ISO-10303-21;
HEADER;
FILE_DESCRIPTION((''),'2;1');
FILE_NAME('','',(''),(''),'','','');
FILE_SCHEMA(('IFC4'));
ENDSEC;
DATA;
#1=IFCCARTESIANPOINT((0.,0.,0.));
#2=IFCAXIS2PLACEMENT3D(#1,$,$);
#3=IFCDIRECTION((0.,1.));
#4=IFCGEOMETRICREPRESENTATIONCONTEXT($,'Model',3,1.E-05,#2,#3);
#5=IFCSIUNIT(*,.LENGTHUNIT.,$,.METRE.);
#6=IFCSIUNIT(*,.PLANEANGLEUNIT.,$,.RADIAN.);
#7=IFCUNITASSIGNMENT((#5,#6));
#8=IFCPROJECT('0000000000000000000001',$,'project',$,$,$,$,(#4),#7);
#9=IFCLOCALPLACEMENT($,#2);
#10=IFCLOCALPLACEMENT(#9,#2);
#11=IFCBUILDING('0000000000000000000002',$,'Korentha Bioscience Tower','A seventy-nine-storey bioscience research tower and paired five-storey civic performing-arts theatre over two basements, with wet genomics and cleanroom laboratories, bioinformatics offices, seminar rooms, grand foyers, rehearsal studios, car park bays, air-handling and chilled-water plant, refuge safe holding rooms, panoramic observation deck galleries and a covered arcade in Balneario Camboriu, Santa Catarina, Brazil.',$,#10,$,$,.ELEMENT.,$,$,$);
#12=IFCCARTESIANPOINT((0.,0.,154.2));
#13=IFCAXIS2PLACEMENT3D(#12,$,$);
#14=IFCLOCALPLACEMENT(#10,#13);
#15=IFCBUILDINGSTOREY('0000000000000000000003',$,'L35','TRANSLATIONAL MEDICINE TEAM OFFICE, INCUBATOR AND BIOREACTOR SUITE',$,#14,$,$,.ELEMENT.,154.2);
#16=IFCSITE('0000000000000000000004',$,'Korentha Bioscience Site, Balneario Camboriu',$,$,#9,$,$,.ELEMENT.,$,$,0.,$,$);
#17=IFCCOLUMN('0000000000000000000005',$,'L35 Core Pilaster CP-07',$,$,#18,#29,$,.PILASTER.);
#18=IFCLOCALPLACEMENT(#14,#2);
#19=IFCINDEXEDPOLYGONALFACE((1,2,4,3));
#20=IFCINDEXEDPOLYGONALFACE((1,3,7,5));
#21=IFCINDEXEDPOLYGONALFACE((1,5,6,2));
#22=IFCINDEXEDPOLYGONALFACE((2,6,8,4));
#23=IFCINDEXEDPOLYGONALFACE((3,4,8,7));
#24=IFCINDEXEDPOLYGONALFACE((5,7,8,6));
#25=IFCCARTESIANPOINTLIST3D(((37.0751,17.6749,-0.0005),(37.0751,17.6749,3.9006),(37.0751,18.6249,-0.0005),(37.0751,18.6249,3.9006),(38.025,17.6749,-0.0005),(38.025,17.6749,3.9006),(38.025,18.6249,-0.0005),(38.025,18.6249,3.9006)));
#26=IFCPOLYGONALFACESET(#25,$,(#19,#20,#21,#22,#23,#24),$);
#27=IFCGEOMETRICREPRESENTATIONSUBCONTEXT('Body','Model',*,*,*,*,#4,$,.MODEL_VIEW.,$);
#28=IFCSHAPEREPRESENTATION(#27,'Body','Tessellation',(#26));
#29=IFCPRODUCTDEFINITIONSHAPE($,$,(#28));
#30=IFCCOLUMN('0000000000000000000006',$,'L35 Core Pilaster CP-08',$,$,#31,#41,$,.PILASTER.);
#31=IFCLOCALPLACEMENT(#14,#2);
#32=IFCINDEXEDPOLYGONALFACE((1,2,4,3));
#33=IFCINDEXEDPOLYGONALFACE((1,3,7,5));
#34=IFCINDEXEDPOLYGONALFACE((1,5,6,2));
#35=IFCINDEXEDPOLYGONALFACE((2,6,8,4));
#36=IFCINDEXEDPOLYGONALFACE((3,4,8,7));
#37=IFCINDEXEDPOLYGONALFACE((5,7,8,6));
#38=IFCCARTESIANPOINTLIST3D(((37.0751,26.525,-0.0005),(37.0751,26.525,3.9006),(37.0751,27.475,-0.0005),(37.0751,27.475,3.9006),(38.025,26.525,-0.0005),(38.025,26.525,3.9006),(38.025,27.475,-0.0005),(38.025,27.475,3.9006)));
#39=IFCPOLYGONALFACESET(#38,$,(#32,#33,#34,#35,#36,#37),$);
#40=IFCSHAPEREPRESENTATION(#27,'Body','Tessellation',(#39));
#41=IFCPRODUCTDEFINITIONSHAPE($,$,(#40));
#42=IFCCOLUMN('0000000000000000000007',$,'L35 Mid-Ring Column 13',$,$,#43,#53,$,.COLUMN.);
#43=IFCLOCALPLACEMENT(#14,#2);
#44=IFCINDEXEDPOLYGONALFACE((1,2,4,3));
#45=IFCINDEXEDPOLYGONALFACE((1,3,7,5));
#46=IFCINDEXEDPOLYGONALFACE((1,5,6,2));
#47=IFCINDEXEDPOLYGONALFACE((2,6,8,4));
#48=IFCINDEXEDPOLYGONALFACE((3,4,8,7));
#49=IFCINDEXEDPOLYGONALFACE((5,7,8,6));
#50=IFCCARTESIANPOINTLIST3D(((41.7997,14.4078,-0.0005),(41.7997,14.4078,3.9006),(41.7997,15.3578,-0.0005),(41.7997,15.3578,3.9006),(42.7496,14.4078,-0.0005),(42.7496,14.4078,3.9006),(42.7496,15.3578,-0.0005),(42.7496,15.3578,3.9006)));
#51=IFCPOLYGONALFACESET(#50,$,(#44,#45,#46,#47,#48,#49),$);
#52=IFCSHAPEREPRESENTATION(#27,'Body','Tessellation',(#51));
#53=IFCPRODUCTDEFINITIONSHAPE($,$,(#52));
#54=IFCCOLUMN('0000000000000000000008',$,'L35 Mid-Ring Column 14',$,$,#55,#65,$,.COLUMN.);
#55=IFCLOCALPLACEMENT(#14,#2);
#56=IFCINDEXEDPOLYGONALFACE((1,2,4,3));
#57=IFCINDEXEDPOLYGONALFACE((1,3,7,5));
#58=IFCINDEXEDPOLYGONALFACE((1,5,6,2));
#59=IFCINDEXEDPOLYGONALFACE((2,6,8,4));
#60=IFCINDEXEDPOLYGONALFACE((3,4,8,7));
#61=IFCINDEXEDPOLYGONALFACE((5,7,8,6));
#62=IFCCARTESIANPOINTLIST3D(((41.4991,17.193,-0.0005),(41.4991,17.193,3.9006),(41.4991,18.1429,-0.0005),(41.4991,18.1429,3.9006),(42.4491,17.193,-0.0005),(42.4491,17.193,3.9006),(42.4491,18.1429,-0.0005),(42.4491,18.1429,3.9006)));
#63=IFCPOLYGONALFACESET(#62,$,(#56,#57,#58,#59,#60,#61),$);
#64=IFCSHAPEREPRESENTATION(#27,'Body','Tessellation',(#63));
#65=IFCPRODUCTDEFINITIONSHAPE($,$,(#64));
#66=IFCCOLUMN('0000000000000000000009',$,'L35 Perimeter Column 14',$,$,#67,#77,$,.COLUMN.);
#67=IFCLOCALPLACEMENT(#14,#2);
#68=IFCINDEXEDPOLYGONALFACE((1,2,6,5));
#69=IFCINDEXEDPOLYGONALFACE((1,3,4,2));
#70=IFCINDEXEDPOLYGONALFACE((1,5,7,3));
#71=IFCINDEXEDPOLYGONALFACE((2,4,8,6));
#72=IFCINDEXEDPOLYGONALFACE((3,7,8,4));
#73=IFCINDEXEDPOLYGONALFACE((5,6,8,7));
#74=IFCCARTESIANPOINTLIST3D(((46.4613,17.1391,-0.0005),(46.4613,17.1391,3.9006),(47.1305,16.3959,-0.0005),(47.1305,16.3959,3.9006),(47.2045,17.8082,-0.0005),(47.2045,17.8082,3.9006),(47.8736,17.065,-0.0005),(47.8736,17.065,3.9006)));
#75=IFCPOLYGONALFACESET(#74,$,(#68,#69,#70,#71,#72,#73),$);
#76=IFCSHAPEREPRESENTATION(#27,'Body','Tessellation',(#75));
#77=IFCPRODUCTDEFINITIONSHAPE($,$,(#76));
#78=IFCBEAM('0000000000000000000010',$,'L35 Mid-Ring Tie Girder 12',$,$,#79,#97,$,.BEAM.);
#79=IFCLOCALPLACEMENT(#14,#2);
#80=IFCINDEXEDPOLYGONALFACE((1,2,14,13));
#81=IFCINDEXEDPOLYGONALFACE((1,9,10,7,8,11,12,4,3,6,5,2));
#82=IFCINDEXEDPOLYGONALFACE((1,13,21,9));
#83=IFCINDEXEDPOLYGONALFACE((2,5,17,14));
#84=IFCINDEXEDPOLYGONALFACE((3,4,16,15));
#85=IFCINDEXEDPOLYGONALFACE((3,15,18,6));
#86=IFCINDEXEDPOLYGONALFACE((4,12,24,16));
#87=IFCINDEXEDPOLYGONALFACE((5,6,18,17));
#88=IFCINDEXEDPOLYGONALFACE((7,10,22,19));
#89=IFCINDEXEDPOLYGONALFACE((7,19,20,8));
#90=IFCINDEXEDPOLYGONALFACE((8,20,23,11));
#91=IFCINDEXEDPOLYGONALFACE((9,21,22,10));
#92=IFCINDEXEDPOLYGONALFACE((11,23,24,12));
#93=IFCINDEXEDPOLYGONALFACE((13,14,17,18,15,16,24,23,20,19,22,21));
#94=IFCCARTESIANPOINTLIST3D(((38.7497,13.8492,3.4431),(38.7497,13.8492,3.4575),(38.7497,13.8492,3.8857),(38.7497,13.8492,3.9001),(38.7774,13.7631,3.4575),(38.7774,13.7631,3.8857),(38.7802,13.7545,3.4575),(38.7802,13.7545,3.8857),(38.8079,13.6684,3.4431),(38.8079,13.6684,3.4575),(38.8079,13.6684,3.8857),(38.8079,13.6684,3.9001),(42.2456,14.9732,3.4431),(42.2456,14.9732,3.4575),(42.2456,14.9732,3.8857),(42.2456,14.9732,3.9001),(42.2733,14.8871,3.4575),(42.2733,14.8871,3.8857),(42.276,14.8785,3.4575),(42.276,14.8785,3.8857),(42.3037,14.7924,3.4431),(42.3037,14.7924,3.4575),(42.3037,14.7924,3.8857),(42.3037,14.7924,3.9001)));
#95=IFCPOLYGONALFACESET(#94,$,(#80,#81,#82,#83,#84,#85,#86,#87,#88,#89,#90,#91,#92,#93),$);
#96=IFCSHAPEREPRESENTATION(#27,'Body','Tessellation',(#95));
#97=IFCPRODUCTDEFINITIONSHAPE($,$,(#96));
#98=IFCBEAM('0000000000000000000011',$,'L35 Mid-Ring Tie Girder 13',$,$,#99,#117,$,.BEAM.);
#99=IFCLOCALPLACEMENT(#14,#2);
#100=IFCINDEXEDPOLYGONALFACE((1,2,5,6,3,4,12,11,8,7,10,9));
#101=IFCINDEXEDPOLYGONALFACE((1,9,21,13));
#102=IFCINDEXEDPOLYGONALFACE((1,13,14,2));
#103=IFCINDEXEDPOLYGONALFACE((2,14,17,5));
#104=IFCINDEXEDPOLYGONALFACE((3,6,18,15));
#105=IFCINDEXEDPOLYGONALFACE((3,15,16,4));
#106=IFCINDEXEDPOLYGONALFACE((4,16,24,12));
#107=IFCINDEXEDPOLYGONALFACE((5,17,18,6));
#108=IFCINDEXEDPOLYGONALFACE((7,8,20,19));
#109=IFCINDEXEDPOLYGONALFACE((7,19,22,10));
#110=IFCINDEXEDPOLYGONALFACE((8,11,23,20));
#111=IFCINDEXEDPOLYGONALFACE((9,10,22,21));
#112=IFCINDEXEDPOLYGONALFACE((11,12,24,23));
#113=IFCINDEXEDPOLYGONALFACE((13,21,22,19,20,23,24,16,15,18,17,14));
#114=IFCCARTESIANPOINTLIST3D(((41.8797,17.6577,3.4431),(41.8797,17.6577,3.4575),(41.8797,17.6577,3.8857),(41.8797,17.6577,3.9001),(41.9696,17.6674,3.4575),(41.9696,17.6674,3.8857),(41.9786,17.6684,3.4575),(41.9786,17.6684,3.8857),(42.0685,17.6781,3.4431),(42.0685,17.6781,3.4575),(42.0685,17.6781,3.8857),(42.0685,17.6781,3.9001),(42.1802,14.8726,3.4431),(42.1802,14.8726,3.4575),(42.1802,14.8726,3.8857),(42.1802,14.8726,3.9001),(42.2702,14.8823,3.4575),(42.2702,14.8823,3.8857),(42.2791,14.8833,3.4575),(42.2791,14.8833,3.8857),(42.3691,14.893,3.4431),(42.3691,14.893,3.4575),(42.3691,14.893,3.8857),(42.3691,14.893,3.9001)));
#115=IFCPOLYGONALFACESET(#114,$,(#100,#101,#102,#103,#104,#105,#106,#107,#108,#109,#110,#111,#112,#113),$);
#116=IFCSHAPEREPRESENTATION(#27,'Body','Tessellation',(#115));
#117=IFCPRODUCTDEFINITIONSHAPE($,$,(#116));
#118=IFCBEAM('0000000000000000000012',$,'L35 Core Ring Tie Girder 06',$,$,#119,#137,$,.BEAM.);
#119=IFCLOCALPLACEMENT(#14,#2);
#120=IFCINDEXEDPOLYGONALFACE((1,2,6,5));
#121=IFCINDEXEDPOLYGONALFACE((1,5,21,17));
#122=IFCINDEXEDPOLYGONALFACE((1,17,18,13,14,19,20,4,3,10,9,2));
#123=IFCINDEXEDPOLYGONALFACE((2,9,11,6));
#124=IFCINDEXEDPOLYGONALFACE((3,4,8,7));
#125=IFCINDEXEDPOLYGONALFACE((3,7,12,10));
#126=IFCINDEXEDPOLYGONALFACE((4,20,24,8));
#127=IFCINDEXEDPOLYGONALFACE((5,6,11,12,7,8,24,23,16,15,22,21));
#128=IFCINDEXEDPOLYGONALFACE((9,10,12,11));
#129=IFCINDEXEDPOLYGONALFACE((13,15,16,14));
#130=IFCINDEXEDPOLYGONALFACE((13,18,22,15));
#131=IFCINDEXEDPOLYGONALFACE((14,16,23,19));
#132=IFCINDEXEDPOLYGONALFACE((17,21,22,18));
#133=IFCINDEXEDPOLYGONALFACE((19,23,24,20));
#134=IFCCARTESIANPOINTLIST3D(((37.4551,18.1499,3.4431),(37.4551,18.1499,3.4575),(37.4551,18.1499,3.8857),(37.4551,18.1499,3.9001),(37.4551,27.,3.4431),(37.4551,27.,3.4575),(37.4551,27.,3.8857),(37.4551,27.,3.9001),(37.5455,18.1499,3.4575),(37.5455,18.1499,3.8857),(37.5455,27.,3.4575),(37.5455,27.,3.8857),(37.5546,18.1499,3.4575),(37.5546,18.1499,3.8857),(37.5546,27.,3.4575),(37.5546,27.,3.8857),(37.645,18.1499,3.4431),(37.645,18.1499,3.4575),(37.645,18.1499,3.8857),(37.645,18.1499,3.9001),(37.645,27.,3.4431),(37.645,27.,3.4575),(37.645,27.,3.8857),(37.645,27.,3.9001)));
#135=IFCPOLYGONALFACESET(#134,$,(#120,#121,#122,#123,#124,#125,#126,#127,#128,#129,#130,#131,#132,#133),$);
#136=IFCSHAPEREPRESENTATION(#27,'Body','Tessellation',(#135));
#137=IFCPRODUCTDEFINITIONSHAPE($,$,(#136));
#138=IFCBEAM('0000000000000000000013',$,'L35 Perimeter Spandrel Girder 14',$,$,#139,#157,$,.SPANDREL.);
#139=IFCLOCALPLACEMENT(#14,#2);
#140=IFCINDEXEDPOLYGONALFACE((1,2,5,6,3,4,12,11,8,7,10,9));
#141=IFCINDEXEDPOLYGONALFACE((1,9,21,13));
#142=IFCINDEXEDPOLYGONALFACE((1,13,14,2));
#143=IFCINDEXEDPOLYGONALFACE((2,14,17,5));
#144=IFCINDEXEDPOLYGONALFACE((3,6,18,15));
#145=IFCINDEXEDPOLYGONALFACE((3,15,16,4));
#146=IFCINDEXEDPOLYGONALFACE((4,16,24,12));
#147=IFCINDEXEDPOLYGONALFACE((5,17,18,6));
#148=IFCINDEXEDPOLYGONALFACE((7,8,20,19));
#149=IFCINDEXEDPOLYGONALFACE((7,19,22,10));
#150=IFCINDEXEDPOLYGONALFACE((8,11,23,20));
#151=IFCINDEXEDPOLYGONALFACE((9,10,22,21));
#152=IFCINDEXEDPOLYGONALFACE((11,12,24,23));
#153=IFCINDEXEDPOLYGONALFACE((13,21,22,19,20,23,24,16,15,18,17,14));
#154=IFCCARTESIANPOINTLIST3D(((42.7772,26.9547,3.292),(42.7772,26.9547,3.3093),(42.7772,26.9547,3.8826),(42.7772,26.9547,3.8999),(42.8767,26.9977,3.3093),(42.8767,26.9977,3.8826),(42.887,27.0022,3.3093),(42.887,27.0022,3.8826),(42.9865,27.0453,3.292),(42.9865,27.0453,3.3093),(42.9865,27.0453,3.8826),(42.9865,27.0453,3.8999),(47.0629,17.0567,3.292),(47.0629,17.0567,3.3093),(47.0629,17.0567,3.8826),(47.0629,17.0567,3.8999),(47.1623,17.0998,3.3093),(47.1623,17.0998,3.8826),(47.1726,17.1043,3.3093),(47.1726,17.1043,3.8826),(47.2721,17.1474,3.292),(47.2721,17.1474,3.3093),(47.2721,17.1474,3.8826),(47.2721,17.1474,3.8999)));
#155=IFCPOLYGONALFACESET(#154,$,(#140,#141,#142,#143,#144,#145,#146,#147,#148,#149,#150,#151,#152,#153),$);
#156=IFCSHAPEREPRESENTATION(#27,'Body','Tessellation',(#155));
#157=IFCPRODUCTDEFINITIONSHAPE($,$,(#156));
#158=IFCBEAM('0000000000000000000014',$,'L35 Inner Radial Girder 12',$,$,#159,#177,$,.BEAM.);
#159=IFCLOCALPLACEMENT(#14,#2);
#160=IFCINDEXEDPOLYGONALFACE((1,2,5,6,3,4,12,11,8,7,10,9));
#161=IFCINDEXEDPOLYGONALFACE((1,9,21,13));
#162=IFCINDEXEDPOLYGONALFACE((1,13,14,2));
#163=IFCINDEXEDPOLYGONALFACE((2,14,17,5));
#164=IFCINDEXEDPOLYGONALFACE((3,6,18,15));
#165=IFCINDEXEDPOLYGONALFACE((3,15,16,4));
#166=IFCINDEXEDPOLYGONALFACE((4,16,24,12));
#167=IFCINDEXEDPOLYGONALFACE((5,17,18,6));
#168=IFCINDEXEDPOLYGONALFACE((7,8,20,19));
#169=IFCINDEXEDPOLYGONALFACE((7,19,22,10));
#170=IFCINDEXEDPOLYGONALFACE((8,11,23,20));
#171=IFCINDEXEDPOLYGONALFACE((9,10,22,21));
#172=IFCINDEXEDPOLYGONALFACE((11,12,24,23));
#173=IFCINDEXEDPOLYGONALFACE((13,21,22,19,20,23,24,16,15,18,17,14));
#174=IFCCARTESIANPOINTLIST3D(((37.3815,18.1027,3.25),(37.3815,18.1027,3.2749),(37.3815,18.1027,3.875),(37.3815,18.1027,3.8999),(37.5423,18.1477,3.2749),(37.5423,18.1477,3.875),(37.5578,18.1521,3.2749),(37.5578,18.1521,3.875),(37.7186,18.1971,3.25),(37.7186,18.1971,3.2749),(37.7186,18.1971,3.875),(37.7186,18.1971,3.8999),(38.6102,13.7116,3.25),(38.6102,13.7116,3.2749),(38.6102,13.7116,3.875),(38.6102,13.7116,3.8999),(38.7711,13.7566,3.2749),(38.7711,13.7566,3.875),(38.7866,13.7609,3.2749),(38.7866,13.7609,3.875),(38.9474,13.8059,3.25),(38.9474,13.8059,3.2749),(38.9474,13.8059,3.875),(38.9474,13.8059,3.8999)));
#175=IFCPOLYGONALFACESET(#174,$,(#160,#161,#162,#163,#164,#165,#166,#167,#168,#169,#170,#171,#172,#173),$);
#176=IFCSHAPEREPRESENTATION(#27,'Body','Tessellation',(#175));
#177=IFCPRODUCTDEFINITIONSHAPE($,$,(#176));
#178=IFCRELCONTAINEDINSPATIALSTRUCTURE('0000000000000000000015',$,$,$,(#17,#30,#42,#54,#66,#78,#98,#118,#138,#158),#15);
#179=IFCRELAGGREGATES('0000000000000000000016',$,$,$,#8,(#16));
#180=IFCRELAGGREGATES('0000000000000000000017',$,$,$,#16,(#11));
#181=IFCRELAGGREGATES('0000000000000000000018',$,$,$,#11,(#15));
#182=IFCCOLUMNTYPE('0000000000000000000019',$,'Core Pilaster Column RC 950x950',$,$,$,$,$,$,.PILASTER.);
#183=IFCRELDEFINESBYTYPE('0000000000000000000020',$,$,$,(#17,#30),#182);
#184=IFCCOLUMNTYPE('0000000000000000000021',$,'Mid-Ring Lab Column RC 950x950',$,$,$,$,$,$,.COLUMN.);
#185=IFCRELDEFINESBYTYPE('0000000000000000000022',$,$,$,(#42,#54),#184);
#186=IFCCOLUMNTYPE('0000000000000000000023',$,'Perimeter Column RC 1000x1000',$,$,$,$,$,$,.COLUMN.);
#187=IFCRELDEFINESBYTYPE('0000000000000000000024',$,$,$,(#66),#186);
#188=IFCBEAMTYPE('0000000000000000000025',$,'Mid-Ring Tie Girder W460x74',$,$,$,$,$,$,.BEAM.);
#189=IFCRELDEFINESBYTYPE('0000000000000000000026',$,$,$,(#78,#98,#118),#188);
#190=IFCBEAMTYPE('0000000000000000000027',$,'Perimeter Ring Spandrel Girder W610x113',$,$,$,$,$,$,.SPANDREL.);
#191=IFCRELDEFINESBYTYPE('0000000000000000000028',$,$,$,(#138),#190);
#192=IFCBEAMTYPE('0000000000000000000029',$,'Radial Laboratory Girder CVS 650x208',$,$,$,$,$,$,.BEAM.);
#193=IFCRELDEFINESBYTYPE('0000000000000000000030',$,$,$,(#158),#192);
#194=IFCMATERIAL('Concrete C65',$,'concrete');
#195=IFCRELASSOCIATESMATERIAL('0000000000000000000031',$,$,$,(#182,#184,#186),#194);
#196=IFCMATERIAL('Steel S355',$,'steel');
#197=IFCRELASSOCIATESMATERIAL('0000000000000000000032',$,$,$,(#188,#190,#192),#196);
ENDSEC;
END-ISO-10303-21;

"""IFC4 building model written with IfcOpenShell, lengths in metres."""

from ifc_helpers import new_model, si_unit, direction, frame, origin, origin_2d, place, context, subcontext, project, spatial, rectangle, i_section, extrude, material, material_profile, profile_set, type_object, element, save


model = new_model("IFC4")

# Units and contexts
model_context = context("Model", 3, precision=1e-05, world=origin(), true_north=direction((0.0, 1.0)))
body_context = subcontext(model_context, "Body", "Model", "MODEL_VIEW")
ifc_project = project(units=[si_unit("LENGTHUNIT", "METRE"), si_unit("PLANEANGLEUNIT", "RADIAN")], contexts=[model_context])

# Site, building, storey
site_placement = place(None, origin())
site = spatial("IfcSite", under=ifc_project, at=site_placement, Name="Korentha Bioscience Site, Balneario Camboriu", CompositionType="ELEMENT", RefElevation=0.0)
building_placement = place(site_placement, origin())
building = spatial("IfcBuilding", under=site, at=building_placement, Name="Korentha Bioscience Tower", Description="A seventy-nine-storey bioscience research tower and paired five-storey civic performing-arts theatre over two basements, with wet genomics and cleanroom laboratories, bioinformatics offices, seminar rooms, grand foyers, rehearsal studios, car park bays, air-handling and chilled-water plant, refuge safe holding rooms, panoramic observation deck galleries and a covered arcade in Balneario Camboriu, Santa Catarina, Brazil.", CompositionType="ELEMENT")
storey_placement = place(building_placement, frame((0.0, 0.0, 154.2)))
storey = spatial("IfcBuildingStorey", under=building, at=storey_placement, Name="L35", Description="TRANSLATIONAL MEDICINE TEAM OFFICE, INCUBATOR AND BIOREACTOR SUITE", CompositionType="ELEMENT", Elevation=154.2)

# Columns
ifc_material_1 = material(Name="Concrete C65", Category="concrete")
ifc_material_profile_1 = material_profile(ifc_material_1, rectangle(XDim=0.95, YDim=0.95, at=origin_2d()), Name="Concrete C65")
ifc_profile_set_1 = profile_set([ifc_material_profile_1], Name="Concrete C65 (COL-CP09)")
column_type_1 = type_object("IfcColumnType", Name="Core Pilaster Column RC 950x950", PredefinedType="PILASTER", material=ifc_profile_set_1)
for number, where, z_axis, x_axis, name in (
    (1, (37.55, 18.1499, -0.0005), (0.0, 0.0, 1.0), (1.0, 0.0, 0.0), "L35 Core Pilaster CP-07"),
    (2, (37.55, 27.0, -0.0005), (0.0, 0.0, 1.0), (1.0, 0.0, 0.0), "L35 Core Pilaster CP-08"),
):
    element("IfcColumn", number, at=place(storey_placement, frame(where, z_axis=z_axis, x_axis=x_axis)), inside=storey, type_object=column_type_1, Name=name, PredefinedType="PILASTER", context=body_context, shape_type="SweptSolid", body=[
        extrude(rectangle(XDim=0.95, YDim=0.95, at=origin_2d()), origin(), (0.0, 0.0, 1.0), 3.9011),
    ])
ifc_material_profile_2 = material_profile(ifc_material_1, rectangle(XDim=0.95, YDim=0.95, at=origin_2d()), Name="Concrete C65")
ifc_profile_set_2 = profile_set([ifc_material_profile_2], Name="Concrete C65 (COL-MR09)")
column_type_2 = type_object("IfcColumnType", Name="Mid-Ring Lab Column RC 950x950", PredefinedType="COLUMN", material=ifc_profile_set_2)
for number, where, z_axis, x_axis, name in (
    (3, (42.2747, 14.8828, -0.0005), (0.0, 0.0, 1.0), (1.0, 0.0, 0.0), "L35 Mid-Ring Column 13"),
    (4, (41.9741, 17.668, -0.0005), (0.0, 0.0, 1.0), (1.0, 0.0, 0.0), "L35 Mid-Ring Column 14"),
):
    element("IfcColumn", number, at=place(storey_placement, frame(where, z_axis=z_axis, x_axis=x_axis)), inside=storey, type_object=column_type_2, Name=name, PredefinedType="COLUMN", context=body_context, shape_type="SweptSolid", body=[
        extrude(rectangle(XDim=0.95, YDim=0.95, at=origin_2d()), origin(), (0.0, 0.0, 1.0), 3.9011),
    ])
ifc_material_profile_3 = material_profile(ifc_material_1, rectangle(XDim=1.0, YDim=1.0, at=origin_2d()), Name="Concrete C65")
ifc_profile_set_3 = profile_set([ifc_material_profile_3], Name="Concrete C65 (COL-P10)")
column_type_3 = type_object("IfcColumnType", Name="Perimeter Column RC 1000x1000", PredefinedType="COLUMN", material=ifc_profile_set_3)
column_placement = place(storey_placement, frame((47.1675, 17.1021, -0.0005), z_axis=(0.0, 0.0, 1.0), x_axis=(-0.669131, 0.743145, 0.0)))
element("IfcColumn", 5, at=column_placement, inside=storey, type_object=column_type_3, Name="L35 Perimeter Column 14", PredefinedType="COLUMN", context=body_context, shape_type="SweptSolid", body=[
    extrude(rectangle(XDim=1.0, YDim=1.0, at=origin_2d()), origin(), (0.0, 0.0, 1.0), 3.9011),
])

# Beams
ifc_material_2 = material(Name="Steel S355", Category="steel")
ifc_material_profile_4 = material_profile(ifc_material_2, i_section(OverallWidth=0.1899, OverallDepth=0.457, WebThickness=0.009, FlangeThickness=0.0144, at=origin_2d()), Name="Steel S355")
ifc_profile_set_4 = profile_set([ifc_material_profile_4], Name="Steel S355 (MB-460)")
beam_type_1 = type_object("IfcBeamType", Name="Mid-Ring Tie Girder W460x74", PredefinedType="BEAM", material=ifc_profile_set_4)
beam_1_placement = place(storey_placement, frame((38.7788, 13.7588, 3.6716), z_axis=(0.952, 0.306097, 0.0), x_axis=(-0.306097, 0.952, 0.0)))
element("IfcBeam", 6, at=beam_1_placement, inside=storey, type_object=beam_type_1, Name="L35 Mid-Ring Tie Girder 12", PredefinedType="BEAM", context=body_context, shape_type="SweptSolid", body=[
    extrude(i_section(OverallWidth=0.1899, OverallDepth=0.457, WebThickness=0.009, FlangeThickness=0.0144, at=origin_2d()), origin(), (0.0, 0.0, 1.0), 3.6721),
])
beam_2_placement = place(storey_placement, frame((42.2747, 14.8828, 3.6716), z_axis=(-0.107284, 0.994228, 0.0), x_axis=(-0.994228, -0.107284, 0.0)))
element("IfcBeam", 7, at=beam_2_placement, inside=storey, type_object=beam_type_1, Name="L35 Mid-Ring Tie Girder 13", PredefinedType="BEAM", context=body_context, shape_type="SweptSolid", body=[
    extrude(i_section(OverallWidth=0.1899, OverallDepth=0.457, WebThickness=0.009, FlangeThickness=0.0144, at=origin_2d()), origin(), (0.0, 0.0, 1.0), 2.8013),
])
beam_3_placement = place(storey_placement, frame((37.55, 18.1499, 3.6716), z_axis=(0.0, 1.0, 0.0), x_axis=(-1.0, 0.0, 0.0)))
element("IfcBeam", 8, at=beam_3_placement, inside=storey, type_object=beam_type_1, Name="L35 Core Ring Tie Girder 06", PredefinedType="BEAM", context=body_context, shape_type="SweptSolid", body=[
    extrude(i_section(OverallWidth=0.1899, OverallDepth=0.457, WebThickness=0.009, FlangeThickness=0.0144, at=origin_2d()), origin(), (0.0, 0.0, 1.0), 8.8501),
])
ifc_material_profile_5 = material_profile(ifc_material_2, i_section(OverallWidth=0.228, OverallDepth=0.6079, WebThickness=0.0112, FlangeThickness=0.0173, at=origin_2d()), Name="Steel S355")
ifc_profile_set_5 = profile_set([ifc_material_profile_5], Name="Steel S355 (SB-610)")
beam_type_2 = type_object("IfcBeamType", Name="Perimeter Ring Spandrel Girder W610x113", PredefinedType="SPANDREL", material=ifc_profile_set_5)
beam_4_placement = place(storey_placement, frame((47.1675, 17.1021, 3.5959), z_axis=(-0.397337, 0.917673, 0.0), x_axis=(-0.917673, -0.397337, 0.0)))
element("IfcBeam", 9, at=beam_4_placement, inside=storey, type_object=beam_type_2, Name="L35 Perimeter Spandrel Girder 14", PredefinedType="SPANDREL", context=body_context, shape_type="SweptSolid", body=[
    extrude(i_section(OverallWidth=0.228, OverallDepth=0.6079, WebThickness=0.0112, FlangeThickness=0.0173, at=origin_2d()), origin(), (0.0, 0.0, 1.0), 10.7859),
])
ifc_material_profile_6 = material_profile(ifc_material_2, i_section(OverallWidth=0.3501, OverallDepth=0.6499, WebThickness=0.0161, FlangeThickness=0.0249, at=origin_2d()), Name="Steel S355")
ifc_profile_set_6 = profile_set([ifc_material_profile_6], Name="Steel S355 (RB-650)")
beam_type_3 = type_object("IfcBeamType", Name="Radial Laboratory Girder CVS 650x208", PredefinedType="BEAM", material=ifc_profile_set_6)
beam_5_placement = place(storey_placement, frame((37.55, 18.1499, 3.575), z_axis=(0.269477, -0.963007, 0.0), x_axis=(0.963007, 0.269477, 0.0)))
element("IfcBeam", 10, at=beam_5_placement, inside=storey, type_object=beam_type_3, Name="L35 Inner Radial Girder 12", PredefinedType="BEAM", context=body_context, shape_type="SweptSolid", body=[
    extrude(i_section(OverallWidth=0.3501, OverallDepth=0.6499, WebThickness=0.0161, FlangeThickness=0.0249, at=origin_2d()), origin(), (0.0, 0.0, 1.0), 4.5598),
])

save(model, "model.ifc")
